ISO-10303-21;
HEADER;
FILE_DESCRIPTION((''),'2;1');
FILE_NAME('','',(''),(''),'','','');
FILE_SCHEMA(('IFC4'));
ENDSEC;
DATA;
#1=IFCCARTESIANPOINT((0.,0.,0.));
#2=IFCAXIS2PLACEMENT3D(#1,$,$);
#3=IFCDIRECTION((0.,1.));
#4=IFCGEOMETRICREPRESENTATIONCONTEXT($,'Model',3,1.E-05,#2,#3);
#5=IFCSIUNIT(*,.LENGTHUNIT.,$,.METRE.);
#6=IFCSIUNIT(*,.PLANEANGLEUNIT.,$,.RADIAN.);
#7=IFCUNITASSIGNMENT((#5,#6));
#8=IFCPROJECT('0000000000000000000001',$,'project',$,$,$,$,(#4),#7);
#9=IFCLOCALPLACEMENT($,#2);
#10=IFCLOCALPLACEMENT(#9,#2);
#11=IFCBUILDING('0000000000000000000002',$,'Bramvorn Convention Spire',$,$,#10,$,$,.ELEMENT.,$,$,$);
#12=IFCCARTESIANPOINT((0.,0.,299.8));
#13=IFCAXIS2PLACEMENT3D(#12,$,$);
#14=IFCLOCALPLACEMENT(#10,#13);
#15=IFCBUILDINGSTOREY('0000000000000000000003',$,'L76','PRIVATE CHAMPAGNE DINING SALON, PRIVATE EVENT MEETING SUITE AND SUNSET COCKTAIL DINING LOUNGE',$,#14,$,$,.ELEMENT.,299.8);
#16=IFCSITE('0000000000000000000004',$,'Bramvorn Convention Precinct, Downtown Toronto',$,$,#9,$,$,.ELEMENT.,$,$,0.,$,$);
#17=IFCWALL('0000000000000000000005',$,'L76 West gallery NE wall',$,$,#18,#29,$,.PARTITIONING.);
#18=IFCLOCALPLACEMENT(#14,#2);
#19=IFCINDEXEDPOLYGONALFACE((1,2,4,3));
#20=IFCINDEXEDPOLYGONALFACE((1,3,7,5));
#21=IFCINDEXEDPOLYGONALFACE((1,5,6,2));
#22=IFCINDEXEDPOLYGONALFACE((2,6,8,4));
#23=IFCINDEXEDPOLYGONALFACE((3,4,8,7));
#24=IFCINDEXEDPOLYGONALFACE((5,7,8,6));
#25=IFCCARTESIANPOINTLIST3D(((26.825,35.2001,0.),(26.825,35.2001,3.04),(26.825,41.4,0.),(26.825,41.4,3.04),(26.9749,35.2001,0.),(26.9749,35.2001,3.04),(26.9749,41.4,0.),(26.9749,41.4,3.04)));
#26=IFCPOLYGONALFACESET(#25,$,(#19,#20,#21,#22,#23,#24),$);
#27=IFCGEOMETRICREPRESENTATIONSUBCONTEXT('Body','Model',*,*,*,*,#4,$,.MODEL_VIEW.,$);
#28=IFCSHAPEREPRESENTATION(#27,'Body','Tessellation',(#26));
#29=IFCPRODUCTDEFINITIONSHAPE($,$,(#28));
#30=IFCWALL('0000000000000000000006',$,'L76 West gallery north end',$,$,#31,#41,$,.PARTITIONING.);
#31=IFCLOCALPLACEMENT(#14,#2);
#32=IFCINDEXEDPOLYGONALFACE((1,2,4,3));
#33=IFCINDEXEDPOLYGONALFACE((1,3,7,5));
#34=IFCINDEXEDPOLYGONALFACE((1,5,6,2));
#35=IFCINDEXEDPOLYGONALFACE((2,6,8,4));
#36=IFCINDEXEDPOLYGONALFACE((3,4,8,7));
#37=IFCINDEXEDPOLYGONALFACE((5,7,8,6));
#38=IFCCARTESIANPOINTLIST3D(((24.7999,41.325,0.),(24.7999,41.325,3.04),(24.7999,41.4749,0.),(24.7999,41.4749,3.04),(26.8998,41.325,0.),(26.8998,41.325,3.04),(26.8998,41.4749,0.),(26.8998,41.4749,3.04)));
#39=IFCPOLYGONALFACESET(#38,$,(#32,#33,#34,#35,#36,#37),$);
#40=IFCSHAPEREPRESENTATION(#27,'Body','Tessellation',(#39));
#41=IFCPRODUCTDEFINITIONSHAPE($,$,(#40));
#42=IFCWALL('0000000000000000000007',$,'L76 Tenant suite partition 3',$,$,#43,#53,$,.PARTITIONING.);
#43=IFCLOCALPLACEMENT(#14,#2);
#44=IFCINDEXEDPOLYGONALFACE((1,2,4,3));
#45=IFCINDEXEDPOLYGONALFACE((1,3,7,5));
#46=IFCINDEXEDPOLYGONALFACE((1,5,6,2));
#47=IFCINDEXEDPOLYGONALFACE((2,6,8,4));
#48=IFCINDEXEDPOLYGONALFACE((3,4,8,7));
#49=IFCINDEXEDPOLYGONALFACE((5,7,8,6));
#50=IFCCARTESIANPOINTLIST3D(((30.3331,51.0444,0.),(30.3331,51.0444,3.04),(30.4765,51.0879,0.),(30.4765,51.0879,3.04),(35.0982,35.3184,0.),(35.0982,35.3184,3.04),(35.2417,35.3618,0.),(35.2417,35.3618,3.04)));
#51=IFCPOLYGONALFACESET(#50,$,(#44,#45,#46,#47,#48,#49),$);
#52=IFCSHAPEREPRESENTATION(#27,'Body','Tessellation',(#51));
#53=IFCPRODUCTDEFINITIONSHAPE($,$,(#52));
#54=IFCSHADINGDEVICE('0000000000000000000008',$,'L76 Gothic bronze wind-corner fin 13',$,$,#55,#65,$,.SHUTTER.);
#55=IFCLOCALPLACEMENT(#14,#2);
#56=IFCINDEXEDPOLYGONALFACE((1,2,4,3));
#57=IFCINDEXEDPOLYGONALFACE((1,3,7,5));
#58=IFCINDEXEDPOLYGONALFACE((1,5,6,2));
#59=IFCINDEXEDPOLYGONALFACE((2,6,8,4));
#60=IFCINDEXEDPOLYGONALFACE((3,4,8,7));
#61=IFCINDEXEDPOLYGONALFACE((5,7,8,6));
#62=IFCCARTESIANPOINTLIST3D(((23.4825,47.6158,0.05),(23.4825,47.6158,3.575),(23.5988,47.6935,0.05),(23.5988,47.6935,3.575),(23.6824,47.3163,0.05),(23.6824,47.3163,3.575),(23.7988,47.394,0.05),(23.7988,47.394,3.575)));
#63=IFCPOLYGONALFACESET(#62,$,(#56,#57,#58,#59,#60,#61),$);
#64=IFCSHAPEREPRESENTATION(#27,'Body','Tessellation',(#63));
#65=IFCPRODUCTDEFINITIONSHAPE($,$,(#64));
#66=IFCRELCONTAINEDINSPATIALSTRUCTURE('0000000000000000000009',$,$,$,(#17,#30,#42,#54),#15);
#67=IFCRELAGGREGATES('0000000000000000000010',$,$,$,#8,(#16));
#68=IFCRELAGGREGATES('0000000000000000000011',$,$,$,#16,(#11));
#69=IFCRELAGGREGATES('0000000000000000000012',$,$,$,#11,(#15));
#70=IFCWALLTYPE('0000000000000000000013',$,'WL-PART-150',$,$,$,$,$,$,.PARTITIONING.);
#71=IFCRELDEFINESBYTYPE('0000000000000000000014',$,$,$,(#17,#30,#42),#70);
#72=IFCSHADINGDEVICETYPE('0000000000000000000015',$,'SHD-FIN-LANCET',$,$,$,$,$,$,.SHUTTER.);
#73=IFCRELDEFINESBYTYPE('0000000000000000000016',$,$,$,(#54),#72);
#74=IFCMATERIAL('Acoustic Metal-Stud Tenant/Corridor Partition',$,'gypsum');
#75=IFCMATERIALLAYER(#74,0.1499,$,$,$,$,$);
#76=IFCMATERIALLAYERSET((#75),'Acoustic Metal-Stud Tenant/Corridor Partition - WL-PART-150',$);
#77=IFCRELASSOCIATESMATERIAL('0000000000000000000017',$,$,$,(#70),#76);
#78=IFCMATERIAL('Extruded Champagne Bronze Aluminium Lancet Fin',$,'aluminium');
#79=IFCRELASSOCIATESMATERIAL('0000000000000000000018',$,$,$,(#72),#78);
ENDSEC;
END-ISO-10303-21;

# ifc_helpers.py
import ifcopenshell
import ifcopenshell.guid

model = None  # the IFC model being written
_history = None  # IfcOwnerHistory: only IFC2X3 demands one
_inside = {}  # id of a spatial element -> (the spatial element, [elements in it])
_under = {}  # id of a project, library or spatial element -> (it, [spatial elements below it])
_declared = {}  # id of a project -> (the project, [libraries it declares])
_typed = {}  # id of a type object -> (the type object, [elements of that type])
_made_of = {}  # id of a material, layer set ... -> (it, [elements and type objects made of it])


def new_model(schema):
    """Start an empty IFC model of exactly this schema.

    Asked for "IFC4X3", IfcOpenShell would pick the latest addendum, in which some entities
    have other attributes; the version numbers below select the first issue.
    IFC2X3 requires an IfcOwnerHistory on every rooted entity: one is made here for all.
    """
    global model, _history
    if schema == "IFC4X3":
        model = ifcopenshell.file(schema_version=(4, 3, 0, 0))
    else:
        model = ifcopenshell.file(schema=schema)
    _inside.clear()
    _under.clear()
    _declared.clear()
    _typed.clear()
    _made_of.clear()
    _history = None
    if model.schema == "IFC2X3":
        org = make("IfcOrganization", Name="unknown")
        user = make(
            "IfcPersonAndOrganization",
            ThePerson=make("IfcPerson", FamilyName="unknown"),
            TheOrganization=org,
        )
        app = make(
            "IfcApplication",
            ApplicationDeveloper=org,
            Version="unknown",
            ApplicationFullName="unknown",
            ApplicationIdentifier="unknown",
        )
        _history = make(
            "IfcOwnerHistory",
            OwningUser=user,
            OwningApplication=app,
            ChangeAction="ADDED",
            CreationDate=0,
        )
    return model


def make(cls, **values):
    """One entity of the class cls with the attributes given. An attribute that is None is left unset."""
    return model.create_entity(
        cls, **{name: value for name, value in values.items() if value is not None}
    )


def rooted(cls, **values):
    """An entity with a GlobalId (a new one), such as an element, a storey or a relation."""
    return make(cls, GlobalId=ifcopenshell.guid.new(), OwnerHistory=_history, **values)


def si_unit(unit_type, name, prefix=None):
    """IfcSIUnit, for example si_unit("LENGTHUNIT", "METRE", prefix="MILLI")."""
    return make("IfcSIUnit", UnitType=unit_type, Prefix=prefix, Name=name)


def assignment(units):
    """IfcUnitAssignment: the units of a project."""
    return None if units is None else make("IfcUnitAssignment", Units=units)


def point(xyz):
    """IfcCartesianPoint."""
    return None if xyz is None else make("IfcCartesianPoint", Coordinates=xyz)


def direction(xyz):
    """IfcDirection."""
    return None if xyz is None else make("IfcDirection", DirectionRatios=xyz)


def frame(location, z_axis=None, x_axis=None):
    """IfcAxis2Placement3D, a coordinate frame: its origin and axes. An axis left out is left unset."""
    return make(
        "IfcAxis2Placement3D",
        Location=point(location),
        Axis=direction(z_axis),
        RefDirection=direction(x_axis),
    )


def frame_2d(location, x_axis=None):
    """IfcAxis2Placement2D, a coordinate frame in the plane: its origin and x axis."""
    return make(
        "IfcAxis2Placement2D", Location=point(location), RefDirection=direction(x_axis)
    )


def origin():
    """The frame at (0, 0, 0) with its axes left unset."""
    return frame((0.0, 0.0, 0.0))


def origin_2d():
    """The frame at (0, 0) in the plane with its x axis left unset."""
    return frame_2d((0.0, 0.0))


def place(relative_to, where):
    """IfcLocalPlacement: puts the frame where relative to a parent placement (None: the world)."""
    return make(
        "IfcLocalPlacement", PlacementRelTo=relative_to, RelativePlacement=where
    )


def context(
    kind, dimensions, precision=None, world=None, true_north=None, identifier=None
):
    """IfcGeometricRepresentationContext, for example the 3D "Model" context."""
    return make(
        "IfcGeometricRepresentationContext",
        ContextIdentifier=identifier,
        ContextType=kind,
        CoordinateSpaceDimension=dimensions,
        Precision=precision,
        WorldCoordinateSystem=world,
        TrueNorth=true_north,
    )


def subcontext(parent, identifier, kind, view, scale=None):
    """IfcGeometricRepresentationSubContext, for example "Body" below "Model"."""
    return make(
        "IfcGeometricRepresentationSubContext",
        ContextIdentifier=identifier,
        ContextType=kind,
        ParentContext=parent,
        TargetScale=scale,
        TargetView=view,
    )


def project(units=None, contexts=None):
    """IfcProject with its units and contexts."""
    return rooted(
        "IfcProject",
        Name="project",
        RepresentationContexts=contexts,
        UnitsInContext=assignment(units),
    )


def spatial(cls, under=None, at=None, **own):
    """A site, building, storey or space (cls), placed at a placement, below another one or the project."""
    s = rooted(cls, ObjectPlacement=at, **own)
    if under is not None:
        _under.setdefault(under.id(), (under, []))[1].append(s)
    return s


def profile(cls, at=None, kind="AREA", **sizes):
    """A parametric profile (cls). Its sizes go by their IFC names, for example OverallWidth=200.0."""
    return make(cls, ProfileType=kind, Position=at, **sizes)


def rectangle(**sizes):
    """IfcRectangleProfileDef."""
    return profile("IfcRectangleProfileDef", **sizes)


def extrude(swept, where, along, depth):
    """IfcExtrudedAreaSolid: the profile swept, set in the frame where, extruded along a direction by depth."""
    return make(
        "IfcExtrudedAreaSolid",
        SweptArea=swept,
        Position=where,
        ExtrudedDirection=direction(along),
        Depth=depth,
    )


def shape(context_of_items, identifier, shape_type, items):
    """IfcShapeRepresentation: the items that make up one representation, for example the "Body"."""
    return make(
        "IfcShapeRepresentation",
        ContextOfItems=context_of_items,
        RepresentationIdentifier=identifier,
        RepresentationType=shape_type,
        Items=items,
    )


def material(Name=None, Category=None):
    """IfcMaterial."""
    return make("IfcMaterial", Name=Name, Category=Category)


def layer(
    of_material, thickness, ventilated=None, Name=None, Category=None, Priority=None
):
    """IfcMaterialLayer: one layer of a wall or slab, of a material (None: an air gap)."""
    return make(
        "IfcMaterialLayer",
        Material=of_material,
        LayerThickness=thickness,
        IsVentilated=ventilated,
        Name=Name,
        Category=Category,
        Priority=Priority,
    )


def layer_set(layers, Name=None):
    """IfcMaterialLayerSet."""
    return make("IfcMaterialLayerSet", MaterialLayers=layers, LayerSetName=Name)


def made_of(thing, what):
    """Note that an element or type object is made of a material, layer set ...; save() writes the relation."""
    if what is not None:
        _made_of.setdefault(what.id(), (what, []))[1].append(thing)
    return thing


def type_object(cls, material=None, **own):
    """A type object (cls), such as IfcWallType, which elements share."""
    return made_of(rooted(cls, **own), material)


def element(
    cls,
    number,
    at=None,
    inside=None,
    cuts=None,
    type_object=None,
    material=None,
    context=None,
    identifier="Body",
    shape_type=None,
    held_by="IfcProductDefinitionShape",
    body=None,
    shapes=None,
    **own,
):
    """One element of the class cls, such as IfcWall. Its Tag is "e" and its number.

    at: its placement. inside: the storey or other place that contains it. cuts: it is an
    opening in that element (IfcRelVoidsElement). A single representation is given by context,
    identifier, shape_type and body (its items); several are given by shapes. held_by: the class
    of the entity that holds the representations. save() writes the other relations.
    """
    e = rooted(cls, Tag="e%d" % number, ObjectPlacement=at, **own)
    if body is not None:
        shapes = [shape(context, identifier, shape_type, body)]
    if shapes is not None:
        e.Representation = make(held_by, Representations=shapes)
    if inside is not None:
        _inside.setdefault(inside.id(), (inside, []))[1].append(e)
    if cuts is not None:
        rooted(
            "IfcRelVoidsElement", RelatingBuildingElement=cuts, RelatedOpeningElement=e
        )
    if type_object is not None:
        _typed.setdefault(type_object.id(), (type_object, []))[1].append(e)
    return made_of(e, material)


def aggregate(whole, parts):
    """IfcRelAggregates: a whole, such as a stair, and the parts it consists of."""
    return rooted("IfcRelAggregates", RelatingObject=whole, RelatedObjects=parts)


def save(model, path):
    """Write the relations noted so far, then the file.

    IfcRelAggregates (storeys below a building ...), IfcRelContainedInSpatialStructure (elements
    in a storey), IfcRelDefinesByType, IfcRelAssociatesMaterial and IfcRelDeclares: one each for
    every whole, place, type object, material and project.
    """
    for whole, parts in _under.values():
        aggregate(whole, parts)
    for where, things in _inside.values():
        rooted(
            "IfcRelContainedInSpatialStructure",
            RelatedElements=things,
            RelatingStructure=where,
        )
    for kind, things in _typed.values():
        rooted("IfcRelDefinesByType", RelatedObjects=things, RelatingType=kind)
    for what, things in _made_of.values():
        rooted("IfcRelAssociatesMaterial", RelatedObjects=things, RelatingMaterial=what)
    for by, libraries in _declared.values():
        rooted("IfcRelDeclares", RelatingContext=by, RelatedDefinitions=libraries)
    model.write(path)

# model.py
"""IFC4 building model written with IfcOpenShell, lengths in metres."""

from ifc_helpers import new_model, si_unit, direction, frame, frame_2d, origin, origin_2d, place, context, subcontext, project, spatial, rectangle, extrude, material, layer, layer_set, type_object, element, save


model = new_model("IFC4")

# Units and contexts
model_context = context("Model", 3, precision=1e-05, world=origin(), true_north=direction((0.0, 1.0)))
body_context = subcontext(model_context, "Body", "Model", "MODEL_VIEW")
ifc_project = project(units=[si_unit("LENGTHUNIT", "METRE"), si_unit("PLANEANGLEUNIT", "RADIAN")], contexts=[model_context])

# Site, building, storey
site_placement = place(None, origin())
site = spatial("IfcSite", under=ifc_project, at=site_placement, Name="Bramvorn Convention Precinct, Downtown Toronto", CompositionType="ELEMENT", RefElevation=0.0)
building_placement = place(site_placement, origin())
building = spatial("IfcBuilding", under=site, at=building_placement, Name="Bramvorn Convention Spire", CompositionType="ELEMENT")
storey_placement = place(building_placement, frame((0.0, 0.0, 299.8)))
storey = spatial("IfcBuildingStorey", under=building, at=storey_placement, Name="L76", Description="PRIVATE CHAMPAGNE DINING SALON, PRIVATE EVENT MEETING SUITE AND SUNSET COCKTAIL DINING LOUNGE", CompositionType="ELEMENT", Elevation=299.8)

# Shared definitions
ifc_material_1 = material(Name="Acoustic Metal-Stud Tenant/Corridor Partition", Category="gypsum")
ifc_layer_1 = layer(ifc_material_1, 0.1499)
ifc_layer_set_1 = layer_set([ifc_layer_1], Name="Acoustic Metal-Stud Tenant/Corridor Partition - WL-PART-150")
wall_type_1 = type_object("IfcWallType", Name="WL-PART-150", PredefinedType="PARTITIONING", material=ifc_layer_set_1)

# Walls
wall_1_placement = place(storey_placement, frame((26.8999, 35.2, 0.0), z_axis=(0.0, 0.0, 1.0), x_axis=(0.0, 1.0, 0.0)))
element("IfcWall", 1, at=wall_1_placement, inside=storey, type_object=wall_type_1, Name="L76 West gallery NE wall", PredefinedType="PARTITIONING", context=body_context, shape_type="SweptSolid", body=[
    extrude(rectangle(XDim=6.2, YDim=0.1499, at=frame_2d((3.1001, 0.0))), origin(), (0.0, 0.0, 1.0), 3.04),
])
wall_2_placement = place(storey_placement, frame((24.8, 41.3999, 0.0), z_axis=(0.0, 0.0, 1.0), x_axis=(1.0, 0.0, 0.0)))
element("IfcWall", 2, at=wall_2_placement, inside=storey, type_object=wall_type_1, Name="L76 West gallery north end", PredefinedType="PARTITIONING", context=body_context, shape_type="SweptSolid", body=[
    extrude(rectangle(XDim=2.0999, YDim=0.1499, at=frame_2d((1.0498, 0.0))), origin(), (0.0, 0.0, 1.0), 3.04),
])
wall_3_placement = place(storey_placement, frame((35.1699, 35.3401, 0.0), z_axis=(0.0, 0.0, 1.0), x_axis=(-0.289988, 0.95703, 0.0)))
element("IfcWall", 3, at=wall_3_placement, inside=storey, type_object=wall_type_1, Name="L76 Tenant suite partition 3", PredefinedType="PARTITIONING", context=body_context, shape_type="SweptSolid", body=[
    extrude(rectangle(XDim=16.4321, YDim=0.1499, at=frame_2d((8.2161, 0.0))), origin(), (0.0, 0.0, 1.0), 3.04),
])

# Shading device
ifc_material_2 = material(Name="Extruded Champagne Bronze Aluminium Lancet Fin", Category="aluminium")
shading_device_type = type_object("IfcShadingDeviceType", Name="SHD-FIN-LANCET", PredefinedType="SHUTTER", material=ifc_material_2)
shading_device_placement = place(storey_placement, frame((23.6406, 47.5049, 0.05), z_axis=(0.0, 0.0, 1.0), x_axis=(-0.555311, 0.831643, 0.0)))
element("IfcShadingDevice", 4, at=shading_device_placement, inside=storey, type_object=shading_device_type, Name="L76 Gothic bronze wind-corner fin 13", PredefinedType="SHUTTER", context=body_context, shape_type="SweptSolid", body=[
    extrude(rectangle(XDim=0.3601, YDim=0.1399, at=origin_2d()), origin(), (0.0, 0.0, 1.0), 3.5249),
])

save(model, "model.ifc")
